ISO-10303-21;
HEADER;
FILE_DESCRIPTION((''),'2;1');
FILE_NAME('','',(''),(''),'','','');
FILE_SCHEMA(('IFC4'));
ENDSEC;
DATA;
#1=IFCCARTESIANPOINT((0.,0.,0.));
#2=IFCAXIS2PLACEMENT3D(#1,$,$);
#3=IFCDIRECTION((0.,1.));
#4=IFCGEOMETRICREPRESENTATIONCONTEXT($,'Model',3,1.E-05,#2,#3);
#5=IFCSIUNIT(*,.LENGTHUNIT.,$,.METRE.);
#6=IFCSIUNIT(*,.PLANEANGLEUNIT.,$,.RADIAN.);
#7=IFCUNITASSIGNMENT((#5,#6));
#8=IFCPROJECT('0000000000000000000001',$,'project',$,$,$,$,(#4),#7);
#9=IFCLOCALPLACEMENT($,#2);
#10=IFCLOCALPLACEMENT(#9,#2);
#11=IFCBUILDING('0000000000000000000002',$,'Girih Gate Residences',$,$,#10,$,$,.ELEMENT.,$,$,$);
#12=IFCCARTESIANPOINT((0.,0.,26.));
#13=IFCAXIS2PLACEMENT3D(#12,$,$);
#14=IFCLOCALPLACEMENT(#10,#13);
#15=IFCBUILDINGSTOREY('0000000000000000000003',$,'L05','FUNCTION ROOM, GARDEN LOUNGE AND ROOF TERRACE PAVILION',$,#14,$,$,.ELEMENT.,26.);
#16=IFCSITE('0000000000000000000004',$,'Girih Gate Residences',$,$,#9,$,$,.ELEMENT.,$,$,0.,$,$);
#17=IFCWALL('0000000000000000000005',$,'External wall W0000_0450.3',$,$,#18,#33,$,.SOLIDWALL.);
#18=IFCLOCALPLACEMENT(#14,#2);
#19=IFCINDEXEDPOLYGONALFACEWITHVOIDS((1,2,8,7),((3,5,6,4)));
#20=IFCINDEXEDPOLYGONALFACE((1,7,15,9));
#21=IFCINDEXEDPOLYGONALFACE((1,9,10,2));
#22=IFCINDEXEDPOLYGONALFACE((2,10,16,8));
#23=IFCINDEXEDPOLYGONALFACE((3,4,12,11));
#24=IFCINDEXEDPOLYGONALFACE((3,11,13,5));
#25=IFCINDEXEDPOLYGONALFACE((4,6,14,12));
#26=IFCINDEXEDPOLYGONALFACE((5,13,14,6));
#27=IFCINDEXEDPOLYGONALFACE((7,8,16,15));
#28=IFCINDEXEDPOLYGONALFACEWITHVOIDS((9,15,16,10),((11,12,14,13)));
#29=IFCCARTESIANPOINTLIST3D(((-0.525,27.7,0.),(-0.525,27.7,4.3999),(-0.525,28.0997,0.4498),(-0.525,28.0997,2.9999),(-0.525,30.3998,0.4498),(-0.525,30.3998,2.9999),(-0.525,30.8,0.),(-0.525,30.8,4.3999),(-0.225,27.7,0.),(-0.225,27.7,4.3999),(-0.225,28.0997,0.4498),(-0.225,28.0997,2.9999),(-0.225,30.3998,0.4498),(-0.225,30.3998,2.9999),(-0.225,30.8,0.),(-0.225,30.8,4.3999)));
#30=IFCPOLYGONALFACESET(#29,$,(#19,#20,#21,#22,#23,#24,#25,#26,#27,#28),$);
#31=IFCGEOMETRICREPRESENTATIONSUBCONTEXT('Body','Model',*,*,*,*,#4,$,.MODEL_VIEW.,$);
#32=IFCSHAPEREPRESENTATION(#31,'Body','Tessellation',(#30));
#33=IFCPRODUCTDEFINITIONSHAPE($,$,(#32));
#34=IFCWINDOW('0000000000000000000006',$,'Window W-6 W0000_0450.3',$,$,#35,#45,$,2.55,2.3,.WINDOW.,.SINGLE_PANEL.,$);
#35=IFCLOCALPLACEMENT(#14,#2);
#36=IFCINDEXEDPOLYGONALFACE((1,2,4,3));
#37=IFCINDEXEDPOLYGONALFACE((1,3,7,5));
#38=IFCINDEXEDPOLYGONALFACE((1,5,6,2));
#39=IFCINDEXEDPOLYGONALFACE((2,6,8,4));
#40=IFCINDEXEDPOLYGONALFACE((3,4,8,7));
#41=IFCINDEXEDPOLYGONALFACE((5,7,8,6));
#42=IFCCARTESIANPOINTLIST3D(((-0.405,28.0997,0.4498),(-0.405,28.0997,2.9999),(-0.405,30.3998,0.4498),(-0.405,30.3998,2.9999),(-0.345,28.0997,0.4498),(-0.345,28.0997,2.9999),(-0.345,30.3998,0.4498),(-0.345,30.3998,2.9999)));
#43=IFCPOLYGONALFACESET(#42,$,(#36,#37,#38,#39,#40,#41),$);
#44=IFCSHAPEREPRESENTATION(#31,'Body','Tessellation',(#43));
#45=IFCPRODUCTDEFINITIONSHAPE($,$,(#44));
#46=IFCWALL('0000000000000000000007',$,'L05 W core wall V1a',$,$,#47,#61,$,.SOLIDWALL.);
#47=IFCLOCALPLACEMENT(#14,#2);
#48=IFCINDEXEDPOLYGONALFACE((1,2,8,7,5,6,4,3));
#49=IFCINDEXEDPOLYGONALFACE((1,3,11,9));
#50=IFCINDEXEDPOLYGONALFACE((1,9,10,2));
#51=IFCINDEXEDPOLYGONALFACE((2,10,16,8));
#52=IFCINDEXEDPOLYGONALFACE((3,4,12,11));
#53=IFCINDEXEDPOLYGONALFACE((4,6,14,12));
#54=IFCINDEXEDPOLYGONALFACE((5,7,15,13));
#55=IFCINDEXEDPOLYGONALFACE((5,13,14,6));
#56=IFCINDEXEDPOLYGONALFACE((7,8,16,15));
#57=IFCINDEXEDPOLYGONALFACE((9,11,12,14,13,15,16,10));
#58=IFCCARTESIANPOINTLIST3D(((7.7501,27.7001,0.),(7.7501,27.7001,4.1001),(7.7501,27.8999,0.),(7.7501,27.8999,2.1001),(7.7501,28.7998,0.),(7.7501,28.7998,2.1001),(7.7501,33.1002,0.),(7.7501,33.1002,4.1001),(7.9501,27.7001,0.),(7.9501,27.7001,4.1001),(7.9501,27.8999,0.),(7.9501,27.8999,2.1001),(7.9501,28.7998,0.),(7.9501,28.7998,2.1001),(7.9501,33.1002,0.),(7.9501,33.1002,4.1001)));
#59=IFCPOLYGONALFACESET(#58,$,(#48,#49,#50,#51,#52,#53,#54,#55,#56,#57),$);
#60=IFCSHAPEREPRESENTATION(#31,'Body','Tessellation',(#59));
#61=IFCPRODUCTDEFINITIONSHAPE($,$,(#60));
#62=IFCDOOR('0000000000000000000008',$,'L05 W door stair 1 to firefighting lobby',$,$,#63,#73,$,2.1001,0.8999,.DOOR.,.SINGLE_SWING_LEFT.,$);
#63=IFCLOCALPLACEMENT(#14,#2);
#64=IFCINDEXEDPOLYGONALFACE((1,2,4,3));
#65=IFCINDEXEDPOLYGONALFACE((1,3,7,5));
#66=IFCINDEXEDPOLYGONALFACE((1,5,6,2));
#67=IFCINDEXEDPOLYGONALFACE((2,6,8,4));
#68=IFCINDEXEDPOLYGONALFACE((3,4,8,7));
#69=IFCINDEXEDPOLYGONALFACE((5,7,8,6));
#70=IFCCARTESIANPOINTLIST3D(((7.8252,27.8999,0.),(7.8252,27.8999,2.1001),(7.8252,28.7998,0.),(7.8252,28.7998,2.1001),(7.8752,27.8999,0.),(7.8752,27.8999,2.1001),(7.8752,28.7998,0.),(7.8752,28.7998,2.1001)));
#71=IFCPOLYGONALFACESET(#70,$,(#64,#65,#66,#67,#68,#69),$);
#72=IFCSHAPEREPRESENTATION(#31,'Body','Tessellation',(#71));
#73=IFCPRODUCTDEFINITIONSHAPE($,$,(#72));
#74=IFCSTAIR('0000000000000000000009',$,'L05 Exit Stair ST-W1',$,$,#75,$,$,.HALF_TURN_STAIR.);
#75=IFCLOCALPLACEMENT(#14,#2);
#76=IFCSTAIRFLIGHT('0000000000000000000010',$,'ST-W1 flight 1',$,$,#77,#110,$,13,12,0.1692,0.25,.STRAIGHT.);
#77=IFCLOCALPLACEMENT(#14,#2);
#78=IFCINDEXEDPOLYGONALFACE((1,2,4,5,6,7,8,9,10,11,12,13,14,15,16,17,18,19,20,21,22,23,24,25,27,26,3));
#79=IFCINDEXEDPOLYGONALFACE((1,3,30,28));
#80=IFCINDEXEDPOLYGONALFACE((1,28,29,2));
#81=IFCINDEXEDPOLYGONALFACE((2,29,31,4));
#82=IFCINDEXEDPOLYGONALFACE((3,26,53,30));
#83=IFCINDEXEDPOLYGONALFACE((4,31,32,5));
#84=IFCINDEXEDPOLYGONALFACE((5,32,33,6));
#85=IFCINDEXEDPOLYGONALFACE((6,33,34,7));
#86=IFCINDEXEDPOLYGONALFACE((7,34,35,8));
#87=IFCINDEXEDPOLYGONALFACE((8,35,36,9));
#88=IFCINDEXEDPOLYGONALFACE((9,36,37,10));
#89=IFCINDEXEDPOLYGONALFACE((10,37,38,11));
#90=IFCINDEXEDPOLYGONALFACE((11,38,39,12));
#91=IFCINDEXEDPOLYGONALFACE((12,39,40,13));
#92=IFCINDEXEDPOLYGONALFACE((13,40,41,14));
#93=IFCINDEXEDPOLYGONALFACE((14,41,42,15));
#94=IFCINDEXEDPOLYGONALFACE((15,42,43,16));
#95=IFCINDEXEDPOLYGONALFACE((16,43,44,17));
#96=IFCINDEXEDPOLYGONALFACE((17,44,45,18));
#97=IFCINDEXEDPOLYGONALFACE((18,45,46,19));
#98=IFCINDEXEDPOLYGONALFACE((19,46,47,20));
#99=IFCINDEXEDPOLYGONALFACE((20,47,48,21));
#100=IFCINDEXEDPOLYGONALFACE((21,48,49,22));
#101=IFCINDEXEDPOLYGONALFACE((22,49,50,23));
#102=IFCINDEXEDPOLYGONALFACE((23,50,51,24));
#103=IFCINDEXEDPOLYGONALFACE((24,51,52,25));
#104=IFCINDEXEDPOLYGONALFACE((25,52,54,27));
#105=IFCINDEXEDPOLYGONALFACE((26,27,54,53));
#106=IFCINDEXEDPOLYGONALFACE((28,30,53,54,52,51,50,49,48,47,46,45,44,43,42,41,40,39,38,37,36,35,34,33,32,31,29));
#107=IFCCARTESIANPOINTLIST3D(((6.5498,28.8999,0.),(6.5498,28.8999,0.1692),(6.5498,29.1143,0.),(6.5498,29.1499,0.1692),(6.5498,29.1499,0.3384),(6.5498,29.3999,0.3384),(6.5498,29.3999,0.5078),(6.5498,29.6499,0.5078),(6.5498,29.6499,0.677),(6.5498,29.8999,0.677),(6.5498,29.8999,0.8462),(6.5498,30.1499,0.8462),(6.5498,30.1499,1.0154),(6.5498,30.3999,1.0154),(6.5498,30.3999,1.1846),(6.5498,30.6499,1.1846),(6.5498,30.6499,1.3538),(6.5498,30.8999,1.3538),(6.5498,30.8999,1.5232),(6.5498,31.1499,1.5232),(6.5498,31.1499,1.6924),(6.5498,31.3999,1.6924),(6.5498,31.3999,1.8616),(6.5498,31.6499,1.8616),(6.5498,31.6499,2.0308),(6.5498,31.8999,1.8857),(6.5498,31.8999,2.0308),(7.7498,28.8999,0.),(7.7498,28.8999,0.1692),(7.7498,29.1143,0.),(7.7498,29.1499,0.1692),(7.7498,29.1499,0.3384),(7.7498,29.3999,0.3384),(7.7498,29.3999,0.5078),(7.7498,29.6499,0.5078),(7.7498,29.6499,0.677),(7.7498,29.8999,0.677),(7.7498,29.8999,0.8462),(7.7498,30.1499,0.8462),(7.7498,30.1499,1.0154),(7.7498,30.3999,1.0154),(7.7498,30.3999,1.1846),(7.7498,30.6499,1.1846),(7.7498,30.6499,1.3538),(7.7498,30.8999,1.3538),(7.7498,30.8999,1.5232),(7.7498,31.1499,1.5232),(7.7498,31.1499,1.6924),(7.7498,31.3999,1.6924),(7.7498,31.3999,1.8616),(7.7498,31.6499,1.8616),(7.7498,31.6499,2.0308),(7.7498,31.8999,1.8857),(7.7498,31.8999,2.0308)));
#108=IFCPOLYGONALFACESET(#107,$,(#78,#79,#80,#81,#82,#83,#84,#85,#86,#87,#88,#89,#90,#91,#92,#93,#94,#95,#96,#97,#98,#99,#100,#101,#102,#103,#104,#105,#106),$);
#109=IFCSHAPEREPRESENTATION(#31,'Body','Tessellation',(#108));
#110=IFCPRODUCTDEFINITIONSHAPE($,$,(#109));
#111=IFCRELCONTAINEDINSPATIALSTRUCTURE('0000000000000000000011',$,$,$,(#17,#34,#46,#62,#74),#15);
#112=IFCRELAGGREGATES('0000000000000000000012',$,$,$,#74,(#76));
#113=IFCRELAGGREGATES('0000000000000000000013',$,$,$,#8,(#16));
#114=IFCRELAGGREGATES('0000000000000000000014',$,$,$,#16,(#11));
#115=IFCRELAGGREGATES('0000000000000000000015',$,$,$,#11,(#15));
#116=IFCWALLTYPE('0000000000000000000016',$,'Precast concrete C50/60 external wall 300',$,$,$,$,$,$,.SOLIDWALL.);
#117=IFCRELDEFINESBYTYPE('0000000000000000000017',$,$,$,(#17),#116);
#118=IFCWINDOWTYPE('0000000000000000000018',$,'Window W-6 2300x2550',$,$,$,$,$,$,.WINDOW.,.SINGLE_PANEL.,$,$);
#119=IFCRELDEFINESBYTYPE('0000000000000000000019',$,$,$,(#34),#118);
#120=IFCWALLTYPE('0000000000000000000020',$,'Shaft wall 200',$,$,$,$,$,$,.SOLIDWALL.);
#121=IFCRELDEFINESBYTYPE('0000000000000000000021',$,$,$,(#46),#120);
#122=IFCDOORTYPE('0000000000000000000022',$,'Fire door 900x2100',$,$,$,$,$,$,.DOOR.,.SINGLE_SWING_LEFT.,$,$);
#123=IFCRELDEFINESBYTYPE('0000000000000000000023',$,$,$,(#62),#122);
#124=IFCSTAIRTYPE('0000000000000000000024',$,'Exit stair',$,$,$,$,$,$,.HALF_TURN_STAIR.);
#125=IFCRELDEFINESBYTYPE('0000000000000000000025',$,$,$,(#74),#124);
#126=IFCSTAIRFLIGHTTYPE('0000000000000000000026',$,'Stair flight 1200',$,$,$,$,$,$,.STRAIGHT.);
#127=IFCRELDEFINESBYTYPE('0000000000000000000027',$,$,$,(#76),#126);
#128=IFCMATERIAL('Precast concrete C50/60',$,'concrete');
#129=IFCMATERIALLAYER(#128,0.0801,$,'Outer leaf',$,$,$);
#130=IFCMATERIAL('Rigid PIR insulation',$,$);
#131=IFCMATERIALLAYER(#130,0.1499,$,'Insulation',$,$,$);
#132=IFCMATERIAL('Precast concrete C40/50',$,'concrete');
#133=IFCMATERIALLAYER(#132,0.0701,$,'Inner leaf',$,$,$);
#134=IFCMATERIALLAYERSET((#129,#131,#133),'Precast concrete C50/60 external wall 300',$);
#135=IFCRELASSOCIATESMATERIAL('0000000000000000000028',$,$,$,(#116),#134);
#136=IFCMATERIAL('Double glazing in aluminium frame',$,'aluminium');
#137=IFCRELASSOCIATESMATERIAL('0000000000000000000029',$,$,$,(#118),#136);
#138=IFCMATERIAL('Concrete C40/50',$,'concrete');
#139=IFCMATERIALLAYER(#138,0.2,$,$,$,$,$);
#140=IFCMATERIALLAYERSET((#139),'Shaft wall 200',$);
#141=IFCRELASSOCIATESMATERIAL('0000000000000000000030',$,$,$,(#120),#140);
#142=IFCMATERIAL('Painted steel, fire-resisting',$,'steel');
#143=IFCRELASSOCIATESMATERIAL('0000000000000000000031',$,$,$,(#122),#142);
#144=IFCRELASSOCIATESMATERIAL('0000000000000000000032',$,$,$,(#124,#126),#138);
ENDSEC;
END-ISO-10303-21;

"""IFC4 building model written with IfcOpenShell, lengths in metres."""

from ifc_helpers import new_model, si_unit, direction, frame, frame_2d, origin, place, context, subcontext, project, spatial, polyline, rectangle, outline, extrude, material, layer, layer_set, type_object, element, fill, aggregate, save


model = new_model("IFC4")

# Units and contexts
model_context = context("Model", 3, precision=1e-05, world=origin(), true_north=direction((0.0, 1.0)))
body_context = subcontext(model_context, "Body", "Model", "MODEL_VIEW")
ifc_project = project(units=[si_unit("LENGTHUNIT", "METRE"), si_unit("PLANEANGLEUNIT", "RADIAN")], contexts=[model_context])

# Site, building, storey
site_placement = place(None, origin())
site = spatial("IfcSite", under=ifc_project, at=site_placement, Name="Girih Gate Residences", CompositionType="ELEMENT", RefElevation=0.0)
building_placement = place(site_placement, origin())
building = spatial("IfcBuilding", under=site, at=building_placement, Name="Girih Gate Residences", CompositionType="ELEMENT")
storey_placement = place(building_placement, frame((0.0, 0.0, 26.0)))
storey = spatial("IfcBuildingStorey", under=building, at=storey_placement, Name="L05", Description="FUNCTION ROOM, GARDEN LOUNGE AND ROOF TERRACE PAVILION", CompositionType="ELEMENT", Elevation=26.0)

# Shared definitions
ifc_material_1 = material(Name="Painted steel, fire-resisting", Category="steel")

# Wall, opening, window
ifc_material_2 = material(Name="Precast concrete C50/60", Category="concrete")
ifc_layer_1 = layer(ifc_material_2, 0.0801, Name="Outer leaf")
ifc_material_3 = material(Name="Rigid PIR insulation")
ifc_layer_2 = layer(ifc_material_3, 0.1499, Name="Insulation")
ifc_material_4 = material(Name="Precast concrete C40/50", Category="concrete")
ifc_layer_3 = layer(ifc_material_4, 0.0701, Name="Inner leaf")
ifc_layer_set_1 = layer_set([ifc_layer_1, ifc_layer_2, ifc_layer_3], Name="Precast concrete C50/60 external wall 300")
wall_type_1 = type_object("IfcWallType", Name="Precast concrete C50/60 external wall 300", PredefinedType="SOLIDWALL", material=ifc_layer_set_1)
wall_1_placement = place(storey_placement, frame((-0.375, 27.7, 0.0), z_axis=(0.0, 0.0, 1.0), x_axis=(0.0, 1.0, 0.0)))
wall_1 = element("IfcWall", 1, at=wall_1_placement, inside=storey, type_object=wall_type_1, Name="External wall W0000_0450.3", PredefinedType="SOLIDWALL", context=body_context, shape_type="SweptSolid", body=[
    extrude(rectangle(XDim=3.1001, YDim=0.3, at=frame_2d((1.55, 0.0))), origin(), (0.0, 0.0, 1.0), 4.3999),
])
opening_1_placement = place(wall_1_placement, frame((0.3999, 0.0, 0.45)))
opening_1 = element("IfcOpeningElement", 2, at=opening_1_placement, cuts=wall_1, PredefinedType="OPENING", context=body_context, shape_type="SweptSolid", body=[
    extrude(rectangle(XDim=2.3, YDim=2.55, at=frame_2d((1.1499, 1.2749))), frame((0.0, 0.1599, 0.0), z_axis=(0.0, -1.0, 0.0), x_axis=(1.0, 0.0, 0.0)), (0.0, 0.0, 1.0), 0.3201),
])
ifc_material_5 = material(Name="Double glazing in aluminium frame", Category="aluminium")
window_type = type_object("IfcWindowType", Name="Window W-6 2300x2550", PartitioningType="SINGLE_PANEL", PredefinedType="WINDOW", material=ifc_material_5)
window_placement = place(opening_1_placement, origin())
window = element("IfcWindow", 3, at=window_placement, inside=storey, type_object=window_type, Name="Window W-6 W0000_0450.3", OverallHeight=2.55, OverallWidth=2.3, PartitioningType="SINGLE_PANEL", PredefinedType="WINDOW", context=body_context, shape_type="SweptSolid", body=[
    extrude(rectangle(XDim=2.3, YDim=2.55, at=frame_2d((1.1499, 1.2749))), frame((0.0, 0.03, 0.0), z_axis=(0.0, -1.0, 0.0), x_axis=(1.0, 0.0, 0.0)), (0.0, 0.0, 1.0), 0.0601),
])
fill(opening_1, window)

# Wall, opening, door
ifc_material_6 = material(Name="Concrete C40/50", Category="concrete")
ifc_layer_4 = layer(ifc_material_6, 0.2)
ifc_layer_set_2 = layer_set([ifc_layer_4], Name="Shaft wall 200")
wall_type_2 = type_object("IfcWallType", Name="Shaft wall 200", PredefinedType="SOLIDWALL", material=ifc_layer_set_2)
wall_2_placement = place(storey_placement, frame((7.8501, 27.7, 0.0), z_axis=(0.0, 0.0, 1.0), x_axis=(0.0, 1.0, 0.0)))
wall_2 = element("IfcWall", 4, at=wall_2_placement, inside=storey, type_object=wall_type_2, Name="L05 W core wall V1a", PredefinedType="SOLIDWALL", context=body_context, shape_type="SweptSolid", body=[
    extrude(rectangle(XDim=5.4001, YDim=0.2, at=frame_2d((2.7002, 0.0))), origin(), (0.0, 0.0, 1.0), 4.1001),
])
opening_2_placement = place(wall_2_placement, frame((0.2, 0.0, 0.0)))
opening_2 = element("IfcOpeningElement", 5, at=opening_2_placement, cuts=wall_2, PredefinedType="OPENING", context=body_context, shape_type="SweptSolid", body=[
    extrude(rectangle(XDim=0.8999, YDim=2.1001, at=frame_2d((0.45, 1.05))), frame((0.0, 0.1099, 0.0), z_axis=(0.0, -1.0, 0.0), x_axis=(1.0, 0.0, 0.0)), (0.0, 0.0, 1.0), 0.22),
])
door_type_1 = type_object("IfcDoorType", Name="Fire door 900x2100", OperationType="SINGLE_SWING_LEFT", PredefinedType="DOOR", material=ifc_material_1)
door_1_placement = place(opening_2_placement, origin())
door_1 = element("IfcDoor", 6, at=door_1_placement, inside=storey, type_object=door_type_1, Name="L05 W door stair 1 to firefighting lobby", OperationType="SINGLE_SWING_LEFT", OverallHeight=2.1001, OverallWidth=0.8999, PredefinedType="DOOR", context=body_context, shape_type="SweptSolid", body=[
    extrude(rectangle(XDim=0.8999, YDim=2.1001, at=frame_2d((0.45, 1.05))), frame((0.0, 0.0249, 0.0), z_axis=(0.0, -1.0, 0.0), x_axis=(1.0, 0.0, 0.0)), (0.0, 0.0, 1.0), 0.05),
])
fill(opening_2, door_1)

# Stair, stair flight
stair_type = type_object("IfcStairType", Name="Exit stair", PredefinedType="HALF_TURN_STAIR", material=ifc_material_6)
stair_placement = place(storey_placement, origin())
stair = element("IfcStair", 7, at=stair_placement, inside=storey, type_object=stair_type, Name="L05 Exit Stair ST-W1", PredefinedType="HALF_TURN_STAIR")
stair_flight_type = type_object("IfcStairFlightType", Name="Stair flight 1200", PredefinedType="STRAIGHT", material=ifc_material_6)
stair_flight_placement = place(storey_placement, frame((7.1499, 28.8999, 0.0), z_axis=(0.0, 0.0, 1.0), x_axis=(0.0, 1.0, 0.0)))
stair_flight = element("IfcStairFlight", 8, at=stair_flight_placement, type_object=stair_flight_type, Name="ST-W1 flight 1", NumberOfRisers=13, NumberOfTreads=12, PredefinedType="STRAIGHT", RiserHeight=0.1692, TreadLength=0.25, context=body_context, shape_type="SweptSolid", body=[
    extrude(outline(polyline([(0.0, 0.0), (0.0, 0.1692), (0.25, 0.1692), (0.25, 0.3384), (0.5, 0.3384), (0.5, 0.5078), (0.75, 0.5078), (0.75, 0.677), (1.0, 0.677), (1.0, 0.8462), (1.25, 0.8462), (1.25, 1.0154), (1.5, 1.0154), (1.5, 1.1846), (1.75, 1.1846), (1.75, 1.3538), (2.0, 1.3538), (2.0, 1.5232), (2.25, 1.5232), (2.25, 1.6924), (2.5, 1.6924), (2.5, 1.8616), (2.75, 1.8616), (2.75, 2.0308), (3.0, 2.0308), (3.0, 2.2), (3.0, 1.8857), (0.2144, 0.0), (0.0, 0.0)])), frame((0.0, 0.6001, 0.0), z_axis=(0.0, -1.0, 0.0), x_axis=(1.0, 0.0, 0.0)), (0.0, 0.0, 1.0), 1.2),
])
aggregate(stair, [stair_flight])

save(model, "model.ifc")
